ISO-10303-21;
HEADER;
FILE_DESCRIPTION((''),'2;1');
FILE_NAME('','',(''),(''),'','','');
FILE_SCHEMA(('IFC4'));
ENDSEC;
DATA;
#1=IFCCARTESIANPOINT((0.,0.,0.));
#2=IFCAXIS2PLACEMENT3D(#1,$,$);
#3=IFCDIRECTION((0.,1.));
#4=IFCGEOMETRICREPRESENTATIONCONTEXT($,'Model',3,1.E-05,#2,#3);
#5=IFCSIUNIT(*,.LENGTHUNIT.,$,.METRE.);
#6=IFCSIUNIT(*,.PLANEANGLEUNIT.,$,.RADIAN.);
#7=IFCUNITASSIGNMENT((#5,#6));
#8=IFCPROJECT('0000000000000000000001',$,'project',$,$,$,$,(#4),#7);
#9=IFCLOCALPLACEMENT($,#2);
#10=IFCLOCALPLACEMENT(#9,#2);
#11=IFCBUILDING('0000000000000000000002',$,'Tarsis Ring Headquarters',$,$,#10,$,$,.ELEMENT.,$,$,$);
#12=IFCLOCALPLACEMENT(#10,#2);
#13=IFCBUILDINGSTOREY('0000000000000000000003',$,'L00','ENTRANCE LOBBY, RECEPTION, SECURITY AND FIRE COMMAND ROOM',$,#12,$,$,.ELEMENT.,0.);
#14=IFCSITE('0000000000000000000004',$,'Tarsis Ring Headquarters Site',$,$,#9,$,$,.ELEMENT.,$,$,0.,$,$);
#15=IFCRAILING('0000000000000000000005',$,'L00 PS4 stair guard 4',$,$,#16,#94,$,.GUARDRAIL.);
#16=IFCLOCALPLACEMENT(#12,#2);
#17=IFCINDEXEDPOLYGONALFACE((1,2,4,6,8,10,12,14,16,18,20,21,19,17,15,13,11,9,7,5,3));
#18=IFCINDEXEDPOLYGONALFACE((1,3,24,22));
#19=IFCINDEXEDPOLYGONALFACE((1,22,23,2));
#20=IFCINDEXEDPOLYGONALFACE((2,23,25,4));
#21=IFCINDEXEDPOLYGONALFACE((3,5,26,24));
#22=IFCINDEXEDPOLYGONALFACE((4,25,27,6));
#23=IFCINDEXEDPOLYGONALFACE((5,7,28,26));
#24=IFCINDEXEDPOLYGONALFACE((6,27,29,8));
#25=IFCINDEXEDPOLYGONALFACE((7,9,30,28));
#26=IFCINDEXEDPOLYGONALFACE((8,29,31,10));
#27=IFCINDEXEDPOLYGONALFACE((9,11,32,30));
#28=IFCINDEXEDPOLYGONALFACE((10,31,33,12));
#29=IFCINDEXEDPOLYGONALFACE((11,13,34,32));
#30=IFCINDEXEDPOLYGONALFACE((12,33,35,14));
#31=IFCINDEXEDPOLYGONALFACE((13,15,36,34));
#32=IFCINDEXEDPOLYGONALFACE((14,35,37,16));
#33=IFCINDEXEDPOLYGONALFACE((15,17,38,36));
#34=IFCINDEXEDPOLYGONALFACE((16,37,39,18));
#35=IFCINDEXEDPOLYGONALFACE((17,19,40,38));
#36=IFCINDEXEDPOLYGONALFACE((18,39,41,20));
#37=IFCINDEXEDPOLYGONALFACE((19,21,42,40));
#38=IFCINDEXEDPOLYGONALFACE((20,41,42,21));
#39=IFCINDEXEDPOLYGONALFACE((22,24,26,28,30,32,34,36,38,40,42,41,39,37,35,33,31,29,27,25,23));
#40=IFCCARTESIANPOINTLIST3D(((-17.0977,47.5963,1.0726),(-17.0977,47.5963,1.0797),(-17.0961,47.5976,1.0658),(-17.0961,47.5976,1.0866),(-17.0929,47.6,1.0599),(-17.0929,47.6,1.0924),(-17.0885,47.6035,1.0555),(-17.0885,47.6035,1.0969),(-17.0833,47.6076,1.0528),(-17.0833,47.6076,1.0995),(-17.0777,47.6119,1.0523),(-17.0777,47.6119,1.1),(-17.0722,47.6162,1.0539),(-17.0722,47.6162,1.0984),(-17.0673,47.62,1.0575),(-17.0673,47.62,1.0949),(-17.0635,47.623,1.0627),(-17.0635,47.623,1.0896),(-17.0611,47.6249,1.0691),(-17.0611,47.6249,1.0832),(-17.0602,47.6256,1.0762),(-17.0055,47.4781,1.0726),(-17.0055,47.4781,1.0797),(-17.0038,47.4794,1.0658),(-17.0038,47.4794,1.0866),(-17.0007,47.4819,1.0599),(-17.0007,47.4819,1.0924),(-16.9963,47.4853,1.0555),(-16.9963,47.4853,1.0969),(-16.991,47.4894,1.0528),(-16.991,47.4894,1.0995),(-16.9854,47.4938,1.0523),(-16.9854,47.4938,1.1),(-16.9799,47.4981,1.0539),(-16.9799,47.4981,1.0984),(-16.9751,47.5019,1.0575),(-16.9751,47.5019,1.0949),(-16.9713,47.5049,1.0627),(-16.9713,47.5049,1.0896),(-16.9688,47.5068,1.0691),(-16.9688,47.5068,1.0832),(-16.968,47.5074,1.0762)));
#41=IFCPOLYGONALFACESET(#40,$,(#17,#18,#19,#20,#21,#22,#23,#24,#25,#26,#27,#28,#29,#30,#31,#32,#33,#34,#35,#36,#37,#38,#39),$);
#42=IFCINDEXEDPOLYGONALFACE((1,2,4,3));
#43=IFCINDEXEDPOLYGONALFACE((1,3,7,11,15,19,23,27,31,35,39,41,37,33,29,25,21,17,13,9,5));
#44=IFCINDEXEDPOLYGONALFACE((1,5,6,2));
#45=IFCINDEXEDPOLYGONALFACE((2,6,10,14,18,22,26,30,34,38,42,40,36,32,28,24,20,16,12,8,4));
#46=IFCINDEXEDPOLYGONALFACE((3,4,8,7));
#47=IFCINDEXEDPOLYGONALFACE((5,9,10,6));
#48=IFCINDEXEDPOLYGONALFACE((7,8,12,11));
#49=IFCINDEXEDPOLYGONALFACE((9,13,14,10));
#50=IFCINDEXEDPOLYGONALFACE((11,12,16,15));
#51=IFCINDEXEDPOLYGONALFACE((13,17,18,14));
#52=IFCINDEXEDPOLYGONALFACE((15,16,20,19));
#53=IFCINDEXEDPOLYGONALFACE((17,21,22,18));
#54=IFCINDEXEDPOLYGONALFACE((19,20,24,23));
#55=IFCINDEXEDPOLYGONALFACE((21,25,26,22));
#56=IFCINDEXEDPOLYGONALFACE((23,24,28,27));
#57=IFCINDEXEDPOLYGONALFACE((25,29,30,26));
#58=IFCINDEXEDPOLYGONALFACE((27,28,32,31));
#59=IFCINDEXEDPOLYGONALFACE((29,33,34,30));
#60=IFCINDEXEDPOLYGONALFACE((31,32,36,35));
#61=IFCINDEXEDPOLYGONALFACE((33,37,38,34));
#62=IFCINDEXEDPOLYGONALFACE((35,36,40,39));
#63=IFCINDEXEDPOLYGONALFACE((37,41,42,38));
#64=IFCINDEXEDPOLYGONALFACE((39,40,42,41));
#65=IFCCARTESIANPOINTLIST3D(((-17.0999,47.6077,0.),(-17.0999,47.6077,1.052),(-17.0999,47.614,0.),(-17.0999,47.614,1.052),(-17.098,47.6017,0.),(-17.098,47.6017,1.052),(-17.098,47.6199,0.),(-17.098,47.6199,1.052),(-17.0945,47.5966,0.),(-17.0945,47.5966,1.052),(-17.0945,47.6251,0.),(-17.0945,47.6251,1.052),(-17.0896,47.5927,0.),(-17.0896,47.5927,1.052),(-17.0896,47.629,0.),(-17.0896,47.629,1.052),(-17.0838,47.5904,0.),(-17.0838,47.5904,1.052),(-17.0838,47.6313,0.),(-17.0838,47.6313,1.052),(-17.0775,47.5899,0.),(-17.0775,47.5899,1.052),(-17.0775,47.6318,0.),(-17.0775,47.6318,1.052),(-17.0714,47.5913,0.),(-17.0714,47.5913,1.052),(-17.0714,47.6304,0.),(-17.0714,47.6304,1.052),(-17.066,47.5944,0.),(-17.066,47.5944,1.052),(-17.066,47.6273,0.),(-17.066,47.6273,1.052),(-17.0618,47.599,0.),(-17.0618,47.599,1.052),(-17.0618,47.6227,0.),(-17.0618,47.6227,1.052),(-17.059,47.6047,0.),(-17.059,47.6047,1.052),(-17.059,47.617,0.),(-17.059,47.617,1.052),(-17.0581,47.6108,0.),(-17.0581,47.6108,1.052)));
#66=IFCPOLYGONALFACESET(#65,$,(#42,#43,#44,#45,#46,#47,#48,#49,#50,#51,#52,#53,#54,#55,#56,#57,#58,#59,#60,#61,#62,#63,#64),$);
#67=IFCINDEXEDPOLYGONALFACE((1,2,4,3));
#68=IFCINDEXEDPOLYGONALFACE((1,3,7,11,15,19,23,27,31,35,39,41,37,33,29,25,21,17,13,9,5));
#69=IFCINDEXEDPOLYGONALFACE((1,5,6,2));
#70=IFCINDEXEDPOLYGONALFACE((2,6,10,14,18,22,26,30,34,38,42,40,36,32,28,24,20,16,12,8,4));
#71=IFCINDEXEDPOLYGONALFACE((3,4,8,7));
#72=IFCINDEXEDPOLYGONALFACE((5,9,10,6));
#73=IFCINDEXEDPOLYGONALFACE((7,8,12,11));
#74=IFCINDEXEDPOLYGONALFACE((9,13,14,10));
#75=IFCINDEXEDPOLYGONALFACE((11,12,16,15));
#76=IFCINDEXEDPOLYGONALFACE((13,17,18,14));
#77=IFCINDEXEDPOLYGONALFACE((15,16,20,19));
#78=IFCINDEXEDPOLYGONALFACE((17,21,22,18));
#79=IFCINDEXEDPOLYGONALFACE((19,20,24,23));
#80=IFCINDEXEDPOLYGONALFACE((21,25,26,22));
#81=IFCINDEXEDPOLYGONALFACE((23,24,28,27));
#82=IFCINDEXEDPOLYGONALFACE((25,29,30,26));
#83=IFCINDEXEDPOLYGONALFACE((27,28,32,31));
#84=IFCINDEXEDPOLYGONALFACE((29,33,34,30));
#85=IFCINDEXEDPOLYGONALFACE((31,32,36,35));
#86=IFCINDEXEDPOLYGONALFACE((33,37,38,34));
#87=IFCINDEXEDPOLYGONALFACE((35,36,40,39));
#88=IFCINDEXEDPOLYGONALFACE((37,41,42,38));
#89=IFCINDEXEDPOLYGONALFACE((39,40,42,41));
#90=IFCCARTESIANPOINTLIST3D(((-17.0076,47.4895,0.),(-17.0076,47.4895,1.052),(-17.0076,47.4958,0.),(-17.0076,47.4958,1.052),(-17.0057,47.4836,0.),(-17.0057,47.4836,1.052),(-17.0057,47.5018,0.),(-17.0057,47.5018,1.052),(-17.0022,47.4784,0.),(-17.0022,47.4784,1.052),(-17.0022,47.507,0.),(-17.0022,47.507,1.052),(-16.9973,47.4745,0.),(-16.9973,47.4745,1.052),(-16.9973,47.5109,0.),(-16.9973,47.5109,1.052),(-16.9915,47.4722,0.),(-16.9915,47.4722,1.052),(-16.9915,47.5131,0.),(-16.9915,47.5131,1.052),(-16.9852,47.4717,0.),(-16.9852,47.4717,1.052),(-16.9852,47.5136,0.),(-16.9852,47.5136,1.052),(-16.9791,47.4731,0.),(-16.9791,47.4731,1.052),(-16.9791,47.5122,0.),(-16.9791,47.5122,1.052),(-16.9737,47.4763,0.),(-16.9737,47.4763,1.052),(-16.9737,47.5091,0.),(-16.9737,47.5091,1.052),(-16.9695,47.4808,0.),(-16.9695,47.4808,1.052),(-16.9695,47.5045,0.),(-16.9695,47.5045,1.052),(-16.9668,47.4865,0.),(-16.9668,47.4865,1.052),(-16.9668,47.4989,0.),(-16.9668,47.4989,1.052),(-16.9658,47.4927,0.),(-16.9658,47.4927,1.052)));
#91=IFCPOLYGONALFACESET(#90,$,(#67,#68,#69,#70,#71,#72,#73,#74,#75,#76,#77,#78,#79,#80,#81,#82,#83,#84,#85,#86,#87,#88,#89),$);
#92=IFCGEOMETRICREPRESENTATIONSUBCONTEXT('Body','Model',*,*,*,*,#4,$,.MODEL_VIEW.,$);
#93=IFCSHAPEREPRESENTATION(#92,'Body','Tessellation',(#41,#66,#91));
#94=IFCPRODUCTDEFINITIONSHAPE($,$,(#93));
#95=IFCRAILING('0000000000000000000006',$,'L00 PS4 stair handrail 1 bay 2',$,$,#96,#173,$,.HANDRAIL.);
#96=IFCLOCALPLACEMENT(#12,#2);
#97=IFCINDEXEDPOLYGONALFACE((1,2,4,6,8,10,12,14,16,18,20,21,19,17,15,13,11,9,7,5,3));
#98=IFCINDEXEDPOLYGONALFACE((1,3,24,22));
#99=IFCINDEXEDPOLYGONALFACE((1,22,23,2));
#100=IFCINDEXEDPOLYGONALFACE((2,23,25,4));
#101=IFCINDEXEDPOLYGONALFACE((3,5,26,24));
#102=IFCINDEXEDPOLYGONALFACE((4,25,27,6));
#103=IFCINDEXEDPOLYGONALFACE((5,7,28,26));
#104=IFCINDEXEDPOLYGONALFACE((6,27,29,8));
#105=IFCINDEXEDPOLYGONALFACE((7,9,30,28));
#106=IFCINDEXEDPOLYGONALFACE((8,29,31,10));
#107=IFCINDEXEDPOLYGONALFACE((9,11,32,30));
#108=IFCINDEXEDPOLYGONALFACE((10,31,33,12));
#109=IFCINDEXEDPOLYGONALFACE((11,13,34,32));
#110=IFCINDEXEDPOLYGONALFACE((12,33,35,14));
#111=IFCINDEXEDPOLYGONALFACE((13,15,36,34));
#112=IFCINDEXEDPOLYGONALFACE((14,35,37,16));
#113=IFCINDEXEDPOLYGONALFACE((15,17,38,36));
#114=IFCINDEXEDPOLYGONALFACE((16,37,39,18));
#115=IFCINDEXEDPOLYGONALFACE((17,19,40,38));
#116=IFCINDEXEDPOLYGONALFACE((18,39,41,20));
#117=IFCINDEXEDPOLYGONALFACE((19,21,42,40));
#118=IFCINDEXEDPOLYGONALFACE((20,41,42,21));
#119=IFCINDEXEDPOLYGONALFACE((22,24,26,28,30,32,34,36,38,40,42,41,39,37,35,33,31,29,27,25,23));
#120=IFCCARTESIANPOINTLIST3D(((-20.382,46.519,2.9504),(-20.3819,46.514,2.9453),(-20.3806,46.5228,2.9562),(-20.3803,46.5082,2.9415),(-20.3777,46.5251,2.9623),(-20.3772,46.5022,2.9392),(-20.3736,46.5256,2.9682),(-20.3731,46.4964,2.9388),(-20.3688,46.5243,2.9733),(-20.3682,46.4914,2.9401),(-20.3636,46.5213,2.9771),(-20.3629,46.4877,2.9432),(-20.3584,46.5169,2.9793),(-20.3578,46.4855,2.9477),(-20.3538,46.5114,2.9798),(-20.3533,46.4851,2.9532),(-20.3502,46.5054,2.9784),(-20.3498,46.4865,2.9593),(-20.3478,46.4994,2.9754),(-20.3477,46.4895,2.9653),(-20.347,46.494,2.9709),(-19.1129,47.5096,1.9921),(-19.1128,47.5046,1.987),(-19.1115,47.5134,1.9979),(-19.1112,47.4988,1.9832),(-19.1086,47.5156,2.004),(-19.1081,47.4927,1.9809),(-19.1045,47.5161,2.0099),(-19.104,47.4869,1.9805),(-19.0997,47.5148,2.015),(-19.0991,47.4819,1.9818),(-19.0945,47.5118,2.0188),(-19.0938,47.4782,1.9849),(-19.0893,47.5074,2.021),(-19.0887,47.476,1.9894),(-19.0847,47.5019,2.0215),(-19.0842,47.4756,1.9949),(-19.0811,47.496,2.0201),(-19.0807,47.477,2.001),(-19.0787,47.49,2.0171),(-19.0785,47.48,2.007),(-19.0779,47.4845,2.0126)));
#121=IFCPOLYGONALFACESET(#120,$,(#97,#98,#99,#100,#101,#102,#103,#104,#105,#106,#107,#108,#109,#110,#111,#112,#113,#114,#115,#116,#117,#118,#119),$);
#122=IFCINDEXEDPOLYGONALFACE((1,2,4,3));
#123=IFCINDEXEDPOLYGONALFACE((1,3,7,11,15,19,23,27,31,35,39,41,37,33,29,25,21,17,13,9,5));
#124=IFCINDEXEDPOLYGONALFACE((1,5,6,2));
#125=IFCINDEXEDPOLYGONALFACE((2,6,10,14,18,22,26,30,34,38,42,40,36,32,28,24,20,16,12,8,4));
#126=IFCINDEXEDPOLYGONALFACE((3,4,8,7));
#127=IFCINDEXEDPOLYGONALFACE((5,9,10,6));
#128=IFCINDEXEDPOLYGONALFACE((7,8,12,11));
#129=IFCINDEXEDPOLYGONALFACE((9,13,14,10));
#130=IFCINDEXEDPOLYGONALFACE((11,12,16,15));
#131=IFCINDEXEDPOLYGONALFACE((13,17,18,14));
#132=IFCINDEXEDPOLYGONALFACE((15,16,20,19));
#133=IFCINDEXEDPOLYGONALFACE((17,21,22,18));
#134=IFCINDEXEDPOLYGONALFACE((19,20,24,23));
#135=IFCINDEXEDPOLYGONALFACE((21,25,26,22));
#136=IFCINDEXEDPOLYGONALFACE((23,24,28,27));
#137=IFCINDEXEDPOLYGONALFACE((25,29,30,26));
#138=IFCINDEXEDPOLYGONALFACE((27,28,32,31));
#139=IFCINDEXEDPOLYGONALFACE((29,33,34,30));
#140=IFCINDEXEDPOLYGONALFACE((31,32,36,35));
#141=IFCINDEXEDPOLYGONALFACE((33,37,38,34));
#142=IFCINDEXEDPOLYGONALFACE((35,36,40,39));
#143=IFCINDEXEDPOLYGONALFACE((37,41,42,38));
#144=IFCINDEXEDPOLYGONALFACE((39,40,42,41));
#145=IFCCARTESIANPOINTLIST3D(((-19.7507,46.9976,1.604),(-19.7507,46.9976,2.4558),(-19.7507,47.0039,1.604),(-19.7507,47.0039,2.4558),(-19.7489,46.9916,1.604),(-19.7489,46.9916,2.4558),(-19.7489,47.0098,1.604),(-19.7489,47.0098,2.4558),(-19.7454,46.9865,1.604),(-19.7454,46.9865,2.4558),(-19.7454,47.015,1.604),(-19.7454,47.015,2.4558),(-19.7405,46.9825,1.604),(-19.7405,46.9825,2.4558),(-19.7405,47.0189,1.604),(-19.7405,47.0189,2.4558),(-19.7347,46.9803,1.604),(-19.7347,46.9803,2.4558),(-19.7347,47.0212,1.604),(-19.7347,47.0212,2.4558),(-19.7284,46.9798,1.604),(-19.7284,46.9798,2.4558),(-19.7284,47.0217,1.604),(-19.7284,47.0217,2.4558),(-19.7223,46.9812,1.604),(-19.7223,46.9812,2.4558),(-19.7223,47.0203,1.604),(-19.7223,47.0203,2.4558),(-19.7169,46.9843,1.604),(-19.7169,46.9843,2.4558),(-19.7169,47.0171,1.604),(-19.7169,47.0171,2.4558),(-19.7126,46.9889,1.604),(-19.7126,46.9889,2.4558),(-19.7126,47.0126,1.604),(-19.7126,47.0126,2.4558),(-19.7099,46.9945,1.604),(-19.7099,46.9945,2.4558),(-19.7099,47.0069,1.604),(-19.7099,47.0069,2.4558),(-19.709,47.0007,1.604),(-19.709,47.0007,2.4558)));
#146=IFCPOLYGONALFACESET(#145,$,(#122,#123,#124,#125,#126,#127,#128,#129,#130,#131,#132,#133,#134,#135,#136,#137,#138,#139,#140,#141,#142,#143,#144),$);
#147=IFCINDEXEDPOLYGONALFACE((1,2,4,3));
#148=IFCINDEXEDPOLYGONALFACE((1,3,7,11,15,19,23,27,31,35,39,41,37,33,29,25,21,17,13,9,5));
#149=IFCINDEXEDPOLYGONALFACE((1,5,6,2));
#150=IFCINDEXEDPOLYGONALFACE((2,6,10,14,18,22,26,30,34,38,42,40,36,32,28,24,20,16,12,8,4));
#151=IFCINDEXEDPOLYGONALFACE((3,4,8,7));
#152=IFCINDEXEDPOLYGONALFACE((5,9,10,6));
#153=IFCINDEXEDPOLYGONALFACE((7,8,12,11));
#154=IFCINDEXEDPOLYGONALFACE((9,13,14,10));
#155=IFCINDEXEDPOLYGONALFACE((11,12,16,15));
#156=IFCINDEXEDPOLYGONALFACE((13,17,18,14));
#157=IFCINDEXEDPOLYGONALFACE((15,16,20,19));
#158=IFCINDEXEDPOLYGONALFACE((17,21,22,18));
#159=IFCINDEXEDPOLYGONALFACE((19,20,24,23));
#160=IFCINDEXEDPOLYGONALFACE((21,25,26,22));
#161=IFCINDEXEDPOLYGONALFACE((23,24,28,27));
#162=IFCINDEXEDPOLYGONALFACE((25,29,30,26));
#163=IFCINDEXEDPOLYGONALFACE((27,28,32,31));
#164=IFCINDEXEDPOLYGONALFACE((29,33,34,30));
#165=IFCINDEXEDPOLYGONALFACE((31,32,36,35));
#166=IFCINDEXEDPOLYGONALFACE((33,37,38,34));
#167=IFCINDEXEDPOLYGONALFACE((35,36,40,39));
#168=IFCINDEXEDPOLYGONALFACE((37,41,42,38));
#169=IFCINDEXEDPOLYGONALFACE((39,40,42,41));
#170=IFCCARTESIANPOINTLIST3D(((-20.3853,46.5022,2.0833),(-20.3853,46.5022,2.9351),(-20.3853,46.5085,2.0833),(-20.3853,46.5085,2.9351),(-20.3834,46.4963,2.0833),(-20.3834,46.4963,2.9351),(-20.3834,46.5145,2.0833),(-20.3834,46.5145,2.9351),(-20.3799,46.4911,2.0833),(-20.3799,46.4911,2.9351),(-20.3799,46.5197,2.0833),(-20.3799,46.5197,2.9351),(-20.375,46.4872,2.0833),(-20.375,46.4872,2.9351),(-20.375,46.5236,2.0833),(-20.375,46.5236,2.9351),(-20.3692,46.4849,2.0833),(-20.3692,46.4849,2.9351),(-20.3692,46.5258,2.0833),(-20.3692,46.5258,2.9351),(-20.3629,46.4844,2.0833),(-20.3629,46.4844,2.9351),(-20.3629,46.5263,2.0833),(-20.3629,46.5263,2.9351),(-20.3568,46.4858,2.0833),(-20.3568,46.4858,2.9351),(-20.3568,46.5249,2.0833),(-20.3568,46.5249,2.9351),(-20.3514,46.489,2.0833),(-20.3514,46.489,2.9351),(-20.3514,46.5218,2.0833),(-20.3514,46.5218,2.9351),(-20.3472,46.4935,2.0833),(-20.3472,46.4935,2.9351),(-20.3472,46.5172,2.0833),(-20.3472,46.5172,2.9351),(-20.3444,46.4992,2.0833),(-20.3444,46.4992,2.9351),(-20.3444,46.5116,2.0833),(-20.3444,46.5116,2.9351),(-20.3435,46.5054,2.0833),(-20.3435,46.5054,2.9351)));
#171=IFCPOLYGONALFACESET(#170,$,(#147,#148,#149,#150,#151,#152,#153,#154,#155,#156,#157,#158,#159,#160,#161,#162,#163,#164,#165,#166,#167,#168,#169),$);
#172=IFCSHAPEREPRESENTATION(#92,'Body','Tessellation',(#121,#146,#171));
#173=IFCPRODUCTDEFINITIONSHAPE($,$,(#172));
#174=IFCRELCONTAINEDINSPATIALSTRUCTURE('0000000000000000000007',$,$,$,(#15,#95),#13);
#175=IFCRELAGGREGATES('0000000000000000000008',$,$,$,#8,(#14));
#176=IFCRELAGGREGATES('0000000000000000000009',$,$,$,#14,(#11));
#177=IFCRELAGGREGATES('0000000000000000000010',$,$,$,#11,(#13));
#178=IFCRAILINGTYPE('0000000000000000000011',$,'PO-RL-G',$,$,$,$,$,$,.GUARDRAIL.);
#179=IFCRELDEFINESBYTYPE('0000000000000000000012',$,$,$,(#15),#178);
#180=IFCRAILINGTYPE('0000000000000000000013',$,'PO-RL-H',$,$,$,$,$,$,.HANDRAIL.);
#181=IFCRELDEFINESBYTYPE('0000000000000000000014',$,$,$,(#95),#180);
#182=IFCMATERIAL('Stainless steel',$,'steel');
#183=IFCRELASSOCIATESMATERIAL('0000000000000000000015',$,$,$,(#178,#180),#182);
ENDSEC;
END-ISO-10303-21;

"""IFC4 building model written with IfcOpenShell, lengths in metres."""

from ifc_helpers import new_model, si_unit, direction, frame, origin, origin_2d, place, context, subcontext, project, spatial, circle, extrude, material, type_object, element, save


model = new_model("IFC4")

# Units and contexts
model_context = context("Model", 3, precision=1e-05, world=origin(), true_north=direction((0.0, 1.0)))
body_context = subcontext(model_context, "Body", "Model", "MODEL_VIEW")
ifc_project = project(units=[si_unit("LENGTHUNIT", "METRE"), si_unit("PLANEANGLEUNIT", "RADIAN")], contexts=[model_context])

# Site, building, storey
site_placement = place(None, origin())
site = spatial("IfcSite", under=ifc_project, at=site_placement, Name="Tarsis Ring Headquarters Site", CompositionType="ELEMENT", RefElevation=0.0)
building_placement = place(site_placement, origin())
building = spatial("IfcBuilding", under=site, at=building_placement, Name="Tarsis Ring Headquarters", CompositionType="ELEMENT")
storey_placement = place(building_placement, origin())
storey = spatial("IfcBuildingStorey", under=building, at=storey_placement, Name="L00", Description="ENTRANCE LOBBY, RECEPTION, SECURITY AND FIRE COMMAND ROOM", CompositionType="ELEMENT", Elevation=0.0)

# Railings
ifc_material_1 = material(Name="Stainless steel", Category="steel")
railing_type_1 = type_object("IfcRailingType", Name="PO-RL-G", PredefinedType="GUARDRAIL", material=ifc_material_1)
railing_1_placement = place(storey_placement, frame((-17.0791, 47.6108, 0.0)))
element("IfcRailing", 1, at=railing_1_placement, inside=storey, type_object=railing_type_1, Name="L00 PS4 stair guard 4", PredefinedType="GUARDRAIL", context=body_context, shape_type="SweptSolid", body=[
    extrude(circle(Radius=0.0239, at=origin_2d()), frame((0.0, 0.0, 1.0762), z_axis=(0.615518, -0.788123, 0.0), x_axis=(0.788123, 0.615518, 0.0)), (0.0, 0.0, 1.0), 0.1499),
    extrude(circle(Radius=0.021, at=origin_2d()), origin(), (0.0, 0.0, 1.0), 1.052),
    extrude(circle(Radius=0.021, at=origin_2d()), frame((0.0923, -0.1182, 0.0)), (0.0, 0.0, 1.0), 1.052),
])
railing_type_2 = type_object("IfcRailingType", Name="PO-RL-H", PredefinedType="HANDRAIL", material=ifc_material_1)
railing_2_placement = place(storey_placement, frame((-19.0955, 47.4958, 1.125)))
element("IfcRailing", 2, at=railing_2_placement, inside=storey, type_object=railing_type_2, Name="L00 PS4 stair handrail 1 bay 2", PredefinedType="HANDRAIL", context=body_context, shape_type="SweptSolid", body=[
    extrude(circle(Radius=0.0239, at=origin_2d()), frame((0.0, 0.0, 0.876), z_axis=(-0.677388, -0.528696, 0.511494), x_axis=(0.615273, -0.788314, 0.0)), (0.0, 0.0, 1.0), 1.8735),
    extrude(circle(Radius=0.021, at=origin_2d()), frame((-0.6345, -0.4951, 0.479)), (0.0, 0.0, 1.0), 0.8518),
    extrude(circle(Radius=0.021, at=origin_2d()), frame((-1.269, -0.9905, 0.9583)), (0.0, 0.0, 1.0), 0.8518),
])

save(model, "model.ifc")
